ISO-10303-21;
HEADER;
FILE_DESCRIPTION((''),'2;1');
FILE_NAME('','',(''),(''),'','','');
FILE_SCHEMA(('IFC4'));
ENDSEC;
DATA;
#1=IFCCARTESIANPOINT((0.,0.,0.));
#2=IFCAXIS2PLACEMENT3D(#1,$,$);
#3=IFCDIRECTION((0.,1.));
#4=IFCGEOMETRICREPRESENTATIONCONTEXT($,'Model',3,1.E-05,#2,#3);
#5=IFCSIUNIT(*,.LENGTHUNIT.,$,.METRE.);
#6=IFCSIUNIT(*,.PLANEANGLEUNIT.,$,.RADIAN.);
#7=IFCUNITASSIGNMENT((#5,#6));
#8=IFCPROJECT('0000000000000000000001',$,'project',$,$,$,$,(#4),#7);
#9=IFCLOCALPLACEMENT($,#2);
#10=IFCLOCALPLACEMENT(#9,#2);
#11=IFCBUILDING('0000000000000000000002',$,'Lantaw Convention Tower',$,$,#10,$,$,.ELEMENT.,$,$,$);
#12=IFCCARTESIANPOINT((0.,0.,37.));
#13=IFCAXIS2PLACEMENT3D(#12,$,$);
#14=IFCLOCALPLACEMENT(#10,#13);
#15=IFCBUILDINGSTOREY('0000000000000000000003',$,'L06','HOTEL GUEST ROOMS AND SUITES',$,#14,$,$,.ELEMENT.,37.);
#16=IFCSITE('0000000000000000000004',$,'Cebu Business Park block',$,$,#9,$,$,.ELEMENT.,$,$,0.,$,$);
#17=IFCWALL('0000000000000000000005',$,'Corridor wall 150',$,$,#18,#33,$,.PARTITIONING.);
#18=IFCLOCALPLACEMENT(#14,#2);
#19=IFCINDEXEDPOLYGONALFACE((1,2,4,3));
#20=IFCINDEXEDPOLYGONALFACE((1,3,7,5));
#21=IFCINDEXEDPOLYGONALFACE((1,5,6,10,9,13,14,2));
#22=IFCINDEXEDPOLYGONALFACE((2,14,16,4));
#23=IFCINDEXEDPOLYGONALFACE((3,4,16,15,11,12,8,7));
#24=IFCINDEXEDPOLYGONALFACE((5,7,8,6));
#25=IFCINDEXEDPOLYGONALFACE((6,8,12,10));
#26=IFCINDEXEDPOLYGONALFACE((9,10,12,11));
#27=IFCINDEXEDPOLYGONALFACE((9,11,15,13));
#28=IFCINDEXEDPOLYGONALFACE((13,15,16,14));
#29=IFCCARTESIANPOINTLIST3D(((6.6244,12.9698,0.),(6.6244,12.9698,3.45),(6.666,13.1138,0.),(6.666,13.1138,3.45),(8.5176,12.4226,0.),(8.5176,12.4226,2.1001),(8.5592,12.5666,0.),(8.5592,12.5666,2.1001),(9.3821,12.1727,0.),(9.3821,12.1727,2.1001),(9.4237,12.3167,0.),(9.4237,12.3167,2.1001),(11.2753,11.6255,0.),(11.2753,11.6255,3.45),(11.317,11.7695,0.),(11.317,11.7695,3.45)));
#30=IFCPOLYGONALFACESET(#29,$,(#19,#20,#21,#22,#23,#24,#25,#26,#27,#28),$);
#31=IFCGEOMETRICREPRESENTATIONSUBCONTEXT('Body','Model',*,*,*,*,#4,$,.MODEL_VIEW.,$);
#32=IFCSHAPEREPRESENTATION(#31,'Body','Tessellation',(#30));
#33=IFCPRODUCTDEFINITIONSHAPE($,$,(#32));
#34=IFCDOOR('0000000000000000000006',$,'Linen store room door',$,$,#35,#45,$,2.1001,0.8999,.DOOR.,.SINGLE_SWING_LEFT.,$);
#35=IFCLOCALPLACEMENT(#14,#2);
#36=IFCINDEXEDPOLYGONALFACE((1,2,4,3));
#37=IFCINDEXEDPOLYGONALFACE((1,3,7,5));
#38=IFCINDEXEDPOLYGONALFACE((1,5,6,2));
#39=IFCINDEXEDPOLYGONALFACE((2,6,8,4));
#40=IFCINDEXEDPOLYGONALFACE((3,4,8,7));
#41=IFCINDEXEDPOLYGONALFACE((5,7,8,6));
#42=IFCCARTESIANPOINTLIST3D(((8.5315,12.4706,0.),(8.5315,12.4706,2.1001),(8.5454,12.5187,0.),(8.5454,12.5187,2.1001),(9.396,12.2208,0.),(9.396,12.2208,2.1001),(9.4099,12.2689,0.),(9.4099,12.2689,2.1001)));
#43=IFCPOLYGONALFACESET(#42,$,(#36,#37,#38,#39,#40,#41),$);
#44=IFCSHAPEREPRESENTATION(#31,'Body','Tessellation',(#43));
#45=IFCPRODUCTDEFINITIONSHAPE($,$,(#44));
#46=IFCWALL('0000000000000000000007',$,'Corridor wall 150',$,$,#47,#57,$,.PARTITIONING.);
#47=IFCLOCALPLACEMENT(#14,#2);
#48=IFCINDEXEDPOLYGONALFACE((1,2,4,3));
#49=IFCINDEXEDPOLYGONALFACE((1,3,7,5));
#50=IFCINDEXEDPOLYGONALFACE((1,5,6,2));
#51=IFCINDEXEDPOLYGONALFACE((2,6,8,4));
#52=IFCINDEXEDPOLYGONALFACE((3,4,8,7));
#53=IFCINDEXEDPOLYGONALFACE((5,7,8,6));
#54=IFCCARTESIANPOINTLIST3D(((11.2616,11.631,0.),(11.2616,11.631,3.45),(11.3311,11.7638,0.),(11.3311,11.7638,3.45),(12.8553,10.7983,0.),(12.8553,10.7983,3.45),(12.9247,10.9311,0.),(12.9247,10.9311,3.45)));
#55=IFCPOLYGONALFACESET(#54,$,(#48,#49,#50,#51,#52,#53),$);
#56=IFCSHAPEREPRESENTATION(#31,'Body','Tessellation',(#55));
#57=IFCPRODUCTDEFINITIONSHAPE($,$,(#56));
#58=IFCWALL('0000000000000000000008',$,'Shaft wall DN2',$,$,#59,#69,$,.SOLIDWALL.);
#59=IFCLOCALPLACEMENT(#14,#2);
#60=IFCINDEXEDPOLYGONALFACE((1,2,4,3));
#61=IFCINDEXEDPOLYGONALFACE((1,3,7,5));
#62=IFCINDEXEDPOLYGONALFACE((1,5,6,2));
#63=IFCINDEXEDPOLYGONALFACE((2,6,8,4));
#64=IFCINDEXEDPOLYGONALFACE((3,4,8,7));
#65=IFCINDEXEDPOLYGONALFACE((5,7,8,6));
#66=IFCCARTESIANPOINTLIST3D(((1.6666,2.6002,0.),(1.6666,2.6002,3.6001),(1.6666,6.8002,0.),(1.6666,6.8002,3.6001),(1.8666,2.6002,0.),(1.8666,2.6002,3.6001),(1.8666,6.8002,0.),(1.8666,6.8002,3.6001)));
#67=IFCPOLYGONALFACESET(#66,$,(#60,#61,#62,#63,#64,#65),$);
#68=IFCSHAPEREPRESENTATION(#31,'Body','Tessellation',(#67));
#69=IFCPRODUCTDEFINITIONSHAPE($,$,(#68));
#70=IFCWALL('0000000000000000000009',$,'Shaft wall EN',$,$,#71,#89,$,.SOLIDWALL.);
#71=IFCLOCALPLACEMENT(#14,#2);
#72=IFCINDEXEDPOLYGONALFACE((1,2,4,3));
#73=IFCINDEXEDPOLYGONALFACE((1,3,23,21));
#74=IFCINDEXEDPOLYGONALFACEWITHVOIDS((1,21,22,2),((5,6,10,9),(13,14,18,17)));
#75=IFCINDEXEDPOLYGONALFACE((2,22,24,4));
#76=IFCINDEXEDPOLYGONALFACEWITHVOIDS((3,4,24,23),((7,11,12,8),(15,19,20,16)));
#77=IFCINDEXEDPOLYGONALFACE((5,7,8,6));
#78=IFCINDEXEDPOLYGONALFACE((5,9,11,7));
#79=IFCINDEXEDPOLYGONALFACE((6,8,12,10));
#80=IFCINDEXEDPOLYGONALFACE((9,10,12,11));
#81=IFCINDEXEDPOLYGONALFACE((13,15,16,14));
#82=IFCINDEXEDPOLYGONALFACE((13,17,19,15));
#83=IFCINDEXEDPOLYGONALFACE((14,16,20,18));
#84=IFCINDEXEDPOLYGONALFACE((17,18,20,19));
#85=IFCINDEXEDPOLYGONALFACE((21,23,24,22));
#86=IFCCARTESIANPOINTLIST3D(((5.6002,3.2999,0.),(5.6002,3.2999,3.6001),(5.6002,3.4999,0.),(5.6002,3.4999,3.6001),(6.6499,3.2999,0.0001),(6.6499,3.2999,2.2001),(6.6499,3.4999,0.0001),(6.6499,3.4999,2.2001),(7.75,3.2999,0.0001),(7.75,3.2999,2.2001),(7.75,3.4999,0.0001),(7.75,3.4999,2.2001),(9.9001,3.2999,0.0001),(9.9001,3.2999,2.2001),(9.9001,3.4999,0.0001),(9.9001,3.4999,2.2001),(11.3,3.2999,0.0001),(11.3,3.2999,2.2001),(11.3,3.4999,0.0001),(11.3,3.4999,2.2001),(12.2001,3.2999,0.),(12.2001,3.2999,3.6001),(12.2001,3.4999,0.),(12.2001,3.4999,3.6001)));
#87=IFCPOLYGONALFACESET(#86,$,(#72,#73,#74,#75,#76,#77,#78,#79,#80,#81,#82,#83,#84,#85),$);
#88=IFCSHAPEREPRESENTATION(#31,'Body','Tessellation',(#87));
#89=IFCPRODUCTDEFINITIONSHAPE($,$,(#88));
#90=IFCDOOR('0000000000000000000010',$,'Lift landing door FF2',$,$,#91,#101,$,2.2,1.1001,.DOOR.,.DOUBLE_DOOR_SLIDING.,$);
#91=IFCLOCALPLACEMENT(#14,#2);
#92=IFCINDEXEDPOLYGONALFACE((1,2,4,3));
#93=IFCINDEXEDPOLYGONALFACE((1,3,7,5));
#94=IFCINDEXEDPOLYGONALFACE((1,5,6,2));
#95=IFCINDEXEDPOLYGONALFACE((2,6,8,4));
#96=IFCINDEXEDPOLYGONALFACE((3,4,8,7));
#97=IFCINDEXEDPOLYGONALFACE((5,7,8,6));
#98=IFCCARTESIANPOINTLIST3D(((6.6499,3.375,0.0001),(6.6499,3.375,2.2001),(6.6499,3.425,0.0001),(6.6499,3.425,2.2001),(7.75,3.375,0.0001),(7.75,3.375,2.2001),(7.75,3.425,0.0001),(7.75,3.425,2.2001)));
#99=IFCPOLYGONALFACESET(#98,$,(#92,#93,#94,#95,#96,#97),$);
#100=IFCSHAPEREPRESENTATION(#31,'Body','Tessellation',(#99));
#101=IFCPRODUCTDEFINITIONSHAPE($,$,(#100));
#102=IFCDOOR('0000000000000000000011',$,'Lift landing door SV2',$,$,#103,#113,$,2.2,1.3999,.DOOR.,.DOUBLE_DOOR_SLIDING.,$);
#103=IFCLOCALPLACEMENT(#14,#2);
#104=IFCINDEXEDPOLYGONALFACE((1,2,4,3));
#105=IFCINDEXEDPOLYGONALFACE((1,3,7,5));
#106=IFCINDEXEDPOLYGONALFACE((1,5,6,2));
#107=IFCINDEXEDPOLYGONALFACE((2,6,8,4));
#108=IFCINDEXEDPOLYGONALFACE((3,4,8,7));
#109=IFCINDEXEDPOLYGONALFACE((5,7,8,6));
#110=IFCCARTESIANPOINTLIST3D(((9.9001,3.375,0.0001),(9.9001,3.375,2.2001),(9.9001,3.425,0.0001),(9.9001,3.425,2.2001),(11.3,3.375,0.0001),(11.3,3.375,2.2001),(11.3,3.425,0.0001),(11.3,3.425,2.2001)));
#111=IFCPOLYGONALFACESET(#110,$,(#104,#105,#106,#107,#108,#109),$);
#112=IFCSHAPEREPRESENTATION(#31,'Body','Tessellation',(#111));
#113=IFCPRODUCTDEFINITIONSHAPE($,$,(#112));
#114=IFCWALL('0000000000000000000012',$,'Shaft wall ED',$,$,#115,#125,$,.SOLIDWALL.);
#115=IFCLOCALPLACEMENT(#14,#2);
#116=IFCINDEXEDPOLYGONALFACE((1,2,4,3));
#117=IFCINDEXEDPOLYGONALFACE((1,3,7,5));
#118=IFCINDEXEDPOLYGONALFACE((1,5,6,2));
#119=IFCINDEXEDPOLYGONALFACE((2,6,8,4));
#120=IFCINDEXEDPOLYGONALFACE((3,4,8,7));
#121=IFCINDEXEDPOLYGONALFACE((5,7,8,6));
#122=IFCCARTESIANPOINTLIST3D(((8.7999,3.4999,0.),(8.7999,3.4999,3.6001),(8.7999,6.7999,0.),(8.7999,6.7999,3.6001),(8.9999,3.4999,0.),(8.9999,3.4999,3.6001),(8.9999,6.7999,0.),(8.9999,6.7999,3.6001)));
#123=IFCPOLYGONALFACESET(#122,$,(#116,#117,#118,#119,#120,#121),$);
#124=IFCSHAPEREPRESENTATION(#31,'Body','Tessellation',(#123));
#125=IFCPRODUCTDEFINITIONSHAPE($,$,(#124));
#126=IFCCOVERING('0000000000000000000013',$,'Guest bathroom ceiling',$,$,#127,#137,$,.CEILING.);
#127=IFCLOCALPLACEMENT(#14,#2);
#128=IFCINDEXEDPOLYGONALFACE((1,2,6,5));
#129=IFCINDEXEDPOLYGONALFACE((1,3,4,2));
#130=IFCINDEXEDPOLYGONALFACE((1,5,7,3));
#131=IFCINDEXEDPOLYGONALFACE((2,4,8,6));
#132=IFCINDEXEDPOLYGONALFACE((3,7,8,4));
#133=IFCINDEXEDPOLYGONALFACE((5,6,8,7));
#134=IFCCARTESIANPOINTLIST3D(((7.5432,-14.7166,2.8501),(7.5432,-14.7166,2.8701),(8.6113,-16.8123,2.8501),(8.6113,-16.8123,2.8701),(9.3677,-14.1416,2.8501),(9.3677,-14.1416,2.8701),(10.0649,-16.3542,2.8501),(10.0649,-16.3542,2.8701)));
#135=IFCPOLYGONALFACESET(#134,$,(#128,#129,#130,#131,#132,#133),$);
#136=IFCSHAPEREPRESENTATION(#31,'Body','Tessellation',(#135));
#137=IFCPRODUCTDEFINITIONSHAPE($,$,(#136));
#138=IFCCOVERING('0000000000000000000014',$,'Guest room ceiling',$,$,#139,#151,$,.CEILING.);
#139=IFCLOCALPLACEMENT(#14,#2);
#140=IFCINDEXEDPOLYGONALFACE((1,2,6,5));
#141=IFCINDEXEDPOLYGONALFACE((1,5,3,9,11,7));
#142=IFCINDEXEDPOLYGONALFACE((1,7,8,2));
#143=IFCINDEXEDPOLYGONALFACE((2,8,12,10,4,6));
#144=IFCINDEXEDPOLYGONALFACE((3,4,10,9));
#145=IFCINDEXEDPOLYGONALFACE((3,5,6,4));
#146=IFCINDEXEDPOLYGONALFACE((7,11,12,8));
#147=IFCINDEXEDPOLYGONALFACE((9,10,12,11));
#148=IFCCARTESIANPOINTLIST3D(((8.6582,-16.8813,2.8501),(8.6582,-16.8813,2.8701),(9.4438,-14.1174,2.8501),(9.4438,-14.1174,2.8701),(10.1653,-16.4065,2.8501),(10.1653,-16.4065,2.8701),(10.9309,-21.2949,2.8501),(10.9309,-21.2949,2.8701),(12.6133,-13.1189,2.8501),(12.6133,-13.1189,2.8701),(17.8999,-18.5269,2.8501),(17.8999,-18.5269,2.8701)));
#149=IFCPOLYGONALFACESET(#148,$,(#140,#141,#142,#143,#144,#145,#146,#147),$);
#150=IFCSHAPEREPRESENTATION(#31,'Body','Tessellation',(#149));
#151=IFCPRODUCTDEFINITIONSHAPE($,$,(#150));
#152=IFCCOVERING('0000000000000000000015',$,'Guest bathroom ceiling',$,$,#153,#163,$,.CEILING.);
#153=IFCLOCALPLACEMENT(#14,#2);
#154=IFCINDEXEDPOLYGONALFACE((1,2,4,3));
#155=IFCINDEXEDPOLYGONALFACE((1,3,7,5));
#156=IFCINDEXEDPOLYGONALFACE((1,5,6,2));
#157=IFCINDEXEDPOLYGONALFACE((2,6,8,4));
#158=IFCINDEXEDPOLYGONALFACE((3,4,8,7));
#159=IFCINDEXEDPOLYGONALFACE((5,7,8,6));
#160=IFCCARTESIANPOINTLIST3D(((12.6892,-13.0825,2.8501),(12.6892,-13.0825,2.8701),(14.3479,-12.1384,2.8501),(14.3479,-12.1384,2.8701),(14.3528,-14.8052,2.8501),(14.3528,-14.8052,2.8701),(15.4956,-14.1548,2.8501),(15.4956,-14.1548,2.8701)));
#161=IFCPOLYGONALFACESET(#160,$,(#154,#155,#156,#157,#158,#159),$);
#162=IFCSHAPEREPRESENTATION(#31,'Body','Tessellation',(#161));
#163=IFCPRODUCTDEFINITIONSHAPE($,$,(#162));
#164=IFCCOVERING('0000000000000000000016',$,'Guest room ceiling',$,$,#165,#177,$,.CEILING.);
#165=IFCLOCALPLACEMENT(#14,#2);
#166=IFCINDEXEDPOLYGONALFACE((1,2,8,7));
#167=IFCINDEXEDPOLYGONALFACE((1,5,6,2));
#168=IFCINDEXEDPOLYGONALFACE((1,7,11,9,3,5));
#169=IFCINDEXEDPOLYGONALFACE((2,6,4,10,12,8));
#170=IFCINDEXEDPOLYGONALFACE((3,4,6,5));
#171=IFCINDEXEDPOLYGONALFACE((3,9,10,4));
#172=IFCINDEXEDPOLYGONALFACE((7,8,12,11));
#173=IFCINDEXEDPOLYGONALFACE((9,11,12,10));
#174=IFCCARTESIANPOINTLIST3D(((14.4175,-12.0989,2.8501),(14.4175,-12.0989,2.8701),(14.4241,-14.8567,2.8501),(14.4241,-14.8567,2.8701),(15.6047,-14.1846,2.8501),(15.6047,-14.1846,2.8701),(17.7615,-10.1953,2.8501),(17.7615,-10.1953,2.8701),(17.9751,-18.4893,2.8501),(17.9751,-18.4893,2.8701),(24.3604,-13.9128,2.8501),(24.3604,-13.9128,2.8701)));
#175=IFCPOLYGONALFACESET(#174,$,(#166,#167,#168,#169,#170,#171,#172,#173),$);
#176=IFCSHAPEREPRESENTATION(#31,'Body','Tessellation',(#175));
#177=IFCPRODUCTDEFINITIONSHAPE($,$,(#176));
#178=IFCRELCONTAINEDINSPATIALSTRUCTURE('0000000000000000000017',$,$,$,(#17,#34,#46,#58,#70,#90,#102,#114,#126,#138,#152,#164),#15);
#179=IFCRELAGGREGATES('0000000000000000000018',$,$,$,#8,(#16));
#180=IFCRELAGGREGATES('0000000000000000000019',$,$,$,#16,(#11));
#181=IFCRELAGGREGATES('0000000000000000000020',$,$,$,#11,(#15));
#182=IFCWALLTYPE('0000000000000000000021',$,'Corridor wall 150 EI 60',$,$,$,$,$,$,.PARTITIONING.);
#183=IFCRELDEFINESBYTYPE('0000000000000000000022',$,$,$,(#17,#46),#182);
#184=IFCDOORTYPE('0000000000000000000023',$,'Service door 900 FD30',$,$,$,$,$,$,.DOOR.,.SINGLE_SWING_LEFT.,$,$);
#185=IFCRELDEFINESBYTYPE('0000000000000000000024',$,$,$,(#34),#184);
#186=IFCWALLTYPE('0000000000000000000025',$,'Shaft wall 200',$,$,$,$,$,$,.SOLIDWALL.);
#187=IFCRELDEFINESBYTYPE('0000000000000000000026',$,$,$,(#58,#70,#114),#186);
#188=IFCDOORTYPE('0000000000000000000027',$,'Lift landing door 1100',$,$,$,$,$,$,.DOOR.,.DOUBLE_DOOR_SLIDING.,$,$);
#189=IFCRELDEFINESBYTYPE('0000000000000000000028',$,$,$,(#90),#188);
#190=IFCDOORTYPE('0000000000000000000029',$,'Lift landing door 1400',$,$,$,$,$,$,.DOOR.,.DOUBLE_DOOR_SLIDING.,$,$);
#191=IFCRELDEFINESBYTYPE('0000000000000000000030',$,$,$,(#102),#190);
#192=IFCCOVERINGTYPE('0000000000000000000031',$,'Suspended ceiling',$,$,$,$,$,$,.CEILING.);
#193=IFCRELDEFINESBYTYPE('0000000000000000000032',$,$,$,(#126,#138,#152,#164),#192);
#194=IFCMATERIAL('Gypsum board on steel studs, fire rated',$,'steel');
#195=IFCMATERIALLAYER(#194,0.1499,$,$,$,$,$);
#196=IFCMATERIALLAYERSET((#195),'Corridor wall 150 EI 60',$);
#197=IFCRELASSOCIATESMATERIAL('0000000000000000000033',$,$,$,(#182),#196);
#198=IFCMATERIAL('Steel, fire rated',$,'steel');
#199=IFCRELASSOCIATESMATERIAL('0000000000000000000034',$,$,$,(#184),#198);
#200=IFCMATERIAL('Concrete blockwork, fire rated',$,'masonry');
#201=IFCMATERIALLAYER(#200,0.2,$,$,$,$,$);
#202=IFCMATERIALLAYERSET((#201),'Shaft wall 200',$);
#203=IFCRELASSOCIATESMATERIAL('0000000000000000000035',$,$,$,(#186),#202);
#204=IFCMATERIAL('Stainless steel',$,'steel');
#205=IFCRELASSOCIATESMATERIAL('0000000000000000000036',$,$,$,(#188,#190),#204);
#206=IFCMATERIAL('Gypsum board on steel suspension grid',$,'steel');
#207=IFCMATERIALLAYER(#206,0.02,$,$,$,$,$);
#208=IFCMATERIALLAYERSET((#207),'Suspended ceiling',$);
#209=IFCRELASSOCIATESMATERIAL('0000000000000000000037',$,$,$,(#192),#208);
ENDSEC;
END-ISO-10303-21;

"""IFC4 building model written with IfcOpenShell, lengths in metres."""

from ifc_helpers import new_model, si_unit, direction, frame, frame_2d, origin, place, context, subcontext, project, spatial, polyline, rectangle, outline, extrude, material, layer, layer_set, type_object, element, fill, save


model = new_model("IFC4")

# Units and contexts
model_context = context("Model", 3, precision=1e-05, world=origin(), true_north=direction((0.0, 1.0)))
body_context = subcontext(model_context, "Body", "Model", "MODEL_VIEW")
ifc_project = project(units=[si_unit("LENGTHUNIT", "METRE"), si_unit("PLANEANGLEUNIT", "RADIAN")], contexts=[model_context])

# Site, building, storey
site_placement = place(None, origin())
site = spatial("IfcSite", under=ifc_project, at=site_placement, Name="Cebu Business Park block", CompositionType="ELEMENT", RefElevation=0.0)
building_placement = place(site_placement, origin())
building = spatial("IfcBuilding", under=site, at=building_placement, Name="Lantaw Convention Tower", CompositionType="ELEMENT")
storey_placement = place(building_placement, frame((0.0, 0.0, 37.0)))
storey = spatial("IfcBuildingStorey", under=building, at=storey_placement, Name="L06", Description="HOTEL GUEST ROOMS AND SUITES", CompositionType="ELEMENT", Elevation=37.0)

# Wall, opening, door
ifc_material_1 = material(Name="Gypsum board on steel studs, fire rated", Category="steel")
ifc_layer_1 = layer(ifc_material_1, 0.1499)
ifc_layer_set_1 = layer_set([ifc_layer_1], Name="Corridor wall 150 EI 60")
wall_type_1 = type_object("IfcWallType", Name="Corridor wall 150 EI 60", PredefinedType="PARTITIONING", material=ifc_layer_set_1)
wall_1_placement = place(storey_placement, frame((11.2961, 11.6975, 0.0), z_axis=(0.0, 0.0, 1.0), x_axis=(-0.960678, 0.277664, 0.0)))
wall_1 = element("IfcWall", 1, at=wall_1_placement, inside=storey, type_object=wall_type_1, Name="Corridor wall 150", PredefinedType="PARTITIONING", context=body_context, shape_type="SweptSolid", body=[
    extrude(rectangle(XDim=4.8413, YDim=0.1499, at=frame_2d((2.4207, 0.0))), origin(), (0.0, 0.0, 1.0), 3.45),
])
opening_1_placement = place(wall_1_placement, frame((1.9707, 0.0, 0.0)))
opening_1 = element("IfcOpeningElement", 2, at=opening_1_placement, cuts=wall_1, PredefinedType="OPENING", context=body_context, shape_type="SweptSolid", body=[
    extrude(rectangle(XDim=0.8999, YDim=2.1001, at=frame_2d((0.45, 1.05))), frame((0.0, 0.085, 0.0), z_axis=(0.0, -1.0, 0.0), x_axis=(1.0, 0.0, 0.0)), (0.0, 0.0, 1.0), 0.1699),
])
ifc_material_2 = material(Name="Steel, fire rated", Category="steel")
door_type_1 = type_object("IfcDoorType", Name="Service door 900 FD30", OperationType="SINGLE_SWING_LEFT", PredefinedType="DOOR", material=ifc_material_2)
door_1_placement = place(opening_1_placement, origin())
door_1 = element("IfcDoor", 3, at=door_1_placement, inside=storey, type_object=door_type_1, Name="Linen store room door", OperationType="SINGLE_SWING_LEFT", OverallHeight=2.1001, OverallWidth=0.8999, PredefinedType="DOOR", context=body_context, shape_type="SweptSolid", body=[
    extrude(rectangle(XDim=0.8999, YDim=2.1001, at=frame_2d((0.45, 1.05))), frame((0.0, 0.0249, 0.0), z_axis=(0.0, -1.0, 0.0), x_axis=(1.0, 0.0, 0.0)), (0.0, 0.0, 1.0), 0.05),
])
fill(opening_1, door_1)

# Walls
wall_2_placement = place(storey_placement, frame((12.8899, 10.8647, 0.0), z_axis=(0.0, 0.0, 1.0), x_axis=(-0.886301, 0.463109, 0.0)))
element("IfcWall", 4, at=wall_2_placement, inside=storey, type_object=wall_type_1, Name="Corridor wall 150", PredefinedType="PARTITIONING", context=body_context, shape_type="SweptSolid", body=[
    extrude(rectangle(XDim=1.7981, YDim=0.1499, at=frame_2d((0.8989, 0.0))), origin(), (0.0, 0.0, 1.0), 3.45),
])
ifc_material_3 = material(Name="Concrete blockwork, fire rated", Category="masonry")
ifc_layer_2 = layer(ifc_material_3, 0.2)
ifc_layer_set_2 = layer_set([ifc_layer_2], Name="Shaft wall 200")
wall_type_2 = type_object("IfcWallType", Name="Shaft wall 200", PredefinedType="SOLIDWALL", material=ifc_layer_set_2)
wall_3_placement = place(storey_placement, frame((1.7666, 2.6001, 0.0), z_axis=(0.0, 0.0, 1.0), x_axis=(0.0, 1.0, 0.0)))
element("IfcWall", 5, at=wall_3_placement, inside=storey, type_object=wall_type_2, Name="Shaft wall DN2", PredefinedType="SOLIDWALL", context=body_context, shape_type="SweptSolid", body=[
    extrude(rectangle(XDim=4.2, YDim=0.2, at=frame_2d((2.1001, 0.0))), origin(), (0.0, 0.0, 1.0), 3.6001),
])

# Wall, openings, doors
wall_4_placement = place(storey_placement, frame((12.2, 3.3999, 0.0), z_axis=(0.0, 0.0, 1.0), x_axis=(-1.0, 0.0, 0.0)))
wall_4 = element("IfcWall", 6, at=wall_4_placement, inside=storey, type_object=wall_type_2, Name="Shaft wall EN", PredefinedType="SOLIDWALL", context=body_context, shape_type="SweptSolid", body=[
    extrude(rectangle(XDim=6.5999, YDim=0.2, at=frame_2d((3.2998, 0.0))), origin(), (0.0, 0.0, 1.0), 3.6001),
])
opening_2_placement = place(wall_4_placement, frame((4.45, 0.0, 0.0)))
opening_2 = element("IfcOpeningElement", 7, at=opening_2_placement, cuts=wall_4, PredefinedType="OPENING", context=body_context, shape_type="SweptSolid", body=[
    extrude(rectangle(XDim=1.1001, YDim=2.2, at=frame_2d((0.55, 1.1001))), frame((0.0, 0.1099, 0.0), z_axis=(0.0, -1.0, 0.0), x_axis=(1.0, 0.0, 0.0)), (0.0, 0.0, 1.0), 0.22),
])
opening_3_placement = place(wall_4_placement, frame((0.8999, 0.0, 0.0)))
opening_3 = element("IfcOpeningElement", 8, at=opening_3_placement, cuts=wall_4, PredefinedType="OPENING", context=body_context, shape_type="SweptSolid", body=[
    extrude(rectangle(XDim=1.3999, YDim=2.2, at=frame_2d((0.7, 1.1001))), frame((0.0, 0.1099, 0.0), z_axis=(0.0, -1.0, 0.0), x_axis=(1.0, 0.0, 0.0)), (0.0, 0.0, 1.0), 0.22),
])
ifc_material_4 = material(Name="Stainless steel", Category="steel")
door_type_2 = type_object("IfcDoorType", Name="Lift landing door 1100", OperationType="DOUBLE_DOOR_SLIDING", PredefinedType="DOOR", material=ifc_material_4)
door_2_placement = place(opening_2_placement, origin())
door_2 = element("IfcDoor", 9, at=door_2_placement, inside=storey, type_object=door_type_2, Name="Lift landing door FF2", OperationType="DOUBLE_DOOR_SLIDING", OverallHeight=2.2, OverallWidth=1.1001, PredefinedType="DOOR", context=body_context, shape_type="SweptSolid", body=[
    extrude(rectangle(XDim=1.1001, YDim=2.2, at=frame_2d((0.55, 1.1001))), frame((0.0, 0.0249, 0.0), z_axis=(0.0, -1.0, 0.0), x_axis=(1.0, 0.0, 0.0)), (0.0, 0.0, 1.0), 0.05),
])
fill(opening_2, door_2)
door_type_3 = type_object("IfcDoorType", Name="Lift landing door 1400", OperationType="DOUBLE_DOOR_SLIDING", PredefinedType="DOOR", material=ifc_material_4)
door_3_placement = place(opening_3_placement, origin())
door_3 = element("IfcDoor", 10, at=door_3_placement, inside=storey, type_object=door_type_3, Name="Lift landing door SV2", OperationType="DOUBLE_DOOR_SLIDING", OverallHeight=2.2, OverallWidth=1.3999, PredefinedType="DOOR", context=body_context, shape_type="SweptSolid", body=[
    extrude(rectangle(XDim=1.3999, YDim=2.2, at=frame_2d((0.7, 1.1001))), frame((0.0, 0.0249, 0.0), z_axis=(0.0, -1.0, 0.0), x_axis=(1.0, 0.0, 0.0)), (0.0, 0.0, 1.0), 0.05),
])
fill(opening_3, door_3)

# Wall
wall_5_placement = place(storey_placement, frame((8.8999, 3.5, 0.0), z_axis=(0.0, 0.0, 1.0), x_axis=(0.0, 1.0, 0.0)))
element("IfcWall", 11, at=wall_5_placement, inside=storey, type_object=wall_type_2, Name="Shaft wall ED", PredefinedType="SOLIDWALL", context=body_context, shape_type="SweptSolid", body=[
    extrude(rectangle(XDim=3.3, YDim=0.2, at=frame_2d((1.6499, 0.0))), origin(), (0.0, 0.0, 1.0), 3.6001),
])

# Coverings
ifc_material_5 = material(Name="Gypsum board on steel suspension grid", Category="steel")
ifc_layer_3 = layer(ifc_material_5, 0.02)
ifc_layer_set_3 = layer_set([ifc_layer_3], Name="Suspended ceiling")
covering_type = type_object("IfcCoveringType", Name="Suspended ceiling", PredefinedType="CEILING", material=ifc_layer_set_3)
covering_1_placement = place(storey_placement, frame((0.0, 0.0, 2.8501)))
element("IfcCovering", 12, at=covering_1_placement, inside=storey, type_object=covering_type, Name="Guest bathroom ceiling", PredefinedType="CEILING", context=body_context, shape_type="SweptSolid", body=[
    extrude(outline(polyline([(7.5432, -14.7166), (8.6113, -16.8123), (10.0649, -16.3542), (9.3677, -14.1416), (7.5432, -14.7166)])), origin(), (0.0, 0.0, 1.0), 0.02),
])
covering_2_placement = place(storey_placement, frame((0.0, 0.0, 2.8501)))
element("IfcCovering", 13, at=covering_2_placement, inside=storey, type_object=covering_type, Name="Guest room ceiling", PredefinedType="CEILING", context=body_context, shape_type="SweptSolid", body=[
    extrude(outline(polyline([(9.4438, -14.1174), (10.1653, -16.4065), (8.6582, -16.8813), (10.9309, -21.2949), (17.8999, -18.5269), (12.6133, -13.1189), (9.4438, -14.1174)])), origin(), (0.0, 0.0, 1.0), 0.02),
])
covering_3_placement = place(storey_placement, frame((0.0, 0.0, 2.8501)))
element("IfcCovering", 14, at=covering_3_placement, inside=storey, type_object=covering_type, Name="Guest bathroom ceiling", PredefinedType="CEILING", context=body_context, shape_type="SweptSolid", body=[
    extrude(outline(polyline([(12.6892, -13.0825), (14.3528, -14.8052), (15.4956, -14.1548), (14.3479, -12.1384), (12.6892, -13.0825)])), origin(), (0.0, 0.0, 1.0), 0.02),
])
covering_4_placement = place(storey_placement, frame((0.0, 0.0, 2.8501)))
element("IfcCovering", 15, at=covering_4_placement, inside=storey, type_object=covering_type, Name="Guest room ceiling", PredefinedType="CEILING", context=body_context, shape_type="SweptSolid", body=[
    extrude(outline(polyline([(17.7615, -10.1953), (14.4175, -12.0989), (15.6047, -14.1846), (14.4241, -14.8567), (17.9751, -18.4893), (24.3604, -13.9128), (17.7615, -10.1953)])), origin(), (0.0, 0.0, 1.0), 0.02),
])

save(model, "model.ifc")
